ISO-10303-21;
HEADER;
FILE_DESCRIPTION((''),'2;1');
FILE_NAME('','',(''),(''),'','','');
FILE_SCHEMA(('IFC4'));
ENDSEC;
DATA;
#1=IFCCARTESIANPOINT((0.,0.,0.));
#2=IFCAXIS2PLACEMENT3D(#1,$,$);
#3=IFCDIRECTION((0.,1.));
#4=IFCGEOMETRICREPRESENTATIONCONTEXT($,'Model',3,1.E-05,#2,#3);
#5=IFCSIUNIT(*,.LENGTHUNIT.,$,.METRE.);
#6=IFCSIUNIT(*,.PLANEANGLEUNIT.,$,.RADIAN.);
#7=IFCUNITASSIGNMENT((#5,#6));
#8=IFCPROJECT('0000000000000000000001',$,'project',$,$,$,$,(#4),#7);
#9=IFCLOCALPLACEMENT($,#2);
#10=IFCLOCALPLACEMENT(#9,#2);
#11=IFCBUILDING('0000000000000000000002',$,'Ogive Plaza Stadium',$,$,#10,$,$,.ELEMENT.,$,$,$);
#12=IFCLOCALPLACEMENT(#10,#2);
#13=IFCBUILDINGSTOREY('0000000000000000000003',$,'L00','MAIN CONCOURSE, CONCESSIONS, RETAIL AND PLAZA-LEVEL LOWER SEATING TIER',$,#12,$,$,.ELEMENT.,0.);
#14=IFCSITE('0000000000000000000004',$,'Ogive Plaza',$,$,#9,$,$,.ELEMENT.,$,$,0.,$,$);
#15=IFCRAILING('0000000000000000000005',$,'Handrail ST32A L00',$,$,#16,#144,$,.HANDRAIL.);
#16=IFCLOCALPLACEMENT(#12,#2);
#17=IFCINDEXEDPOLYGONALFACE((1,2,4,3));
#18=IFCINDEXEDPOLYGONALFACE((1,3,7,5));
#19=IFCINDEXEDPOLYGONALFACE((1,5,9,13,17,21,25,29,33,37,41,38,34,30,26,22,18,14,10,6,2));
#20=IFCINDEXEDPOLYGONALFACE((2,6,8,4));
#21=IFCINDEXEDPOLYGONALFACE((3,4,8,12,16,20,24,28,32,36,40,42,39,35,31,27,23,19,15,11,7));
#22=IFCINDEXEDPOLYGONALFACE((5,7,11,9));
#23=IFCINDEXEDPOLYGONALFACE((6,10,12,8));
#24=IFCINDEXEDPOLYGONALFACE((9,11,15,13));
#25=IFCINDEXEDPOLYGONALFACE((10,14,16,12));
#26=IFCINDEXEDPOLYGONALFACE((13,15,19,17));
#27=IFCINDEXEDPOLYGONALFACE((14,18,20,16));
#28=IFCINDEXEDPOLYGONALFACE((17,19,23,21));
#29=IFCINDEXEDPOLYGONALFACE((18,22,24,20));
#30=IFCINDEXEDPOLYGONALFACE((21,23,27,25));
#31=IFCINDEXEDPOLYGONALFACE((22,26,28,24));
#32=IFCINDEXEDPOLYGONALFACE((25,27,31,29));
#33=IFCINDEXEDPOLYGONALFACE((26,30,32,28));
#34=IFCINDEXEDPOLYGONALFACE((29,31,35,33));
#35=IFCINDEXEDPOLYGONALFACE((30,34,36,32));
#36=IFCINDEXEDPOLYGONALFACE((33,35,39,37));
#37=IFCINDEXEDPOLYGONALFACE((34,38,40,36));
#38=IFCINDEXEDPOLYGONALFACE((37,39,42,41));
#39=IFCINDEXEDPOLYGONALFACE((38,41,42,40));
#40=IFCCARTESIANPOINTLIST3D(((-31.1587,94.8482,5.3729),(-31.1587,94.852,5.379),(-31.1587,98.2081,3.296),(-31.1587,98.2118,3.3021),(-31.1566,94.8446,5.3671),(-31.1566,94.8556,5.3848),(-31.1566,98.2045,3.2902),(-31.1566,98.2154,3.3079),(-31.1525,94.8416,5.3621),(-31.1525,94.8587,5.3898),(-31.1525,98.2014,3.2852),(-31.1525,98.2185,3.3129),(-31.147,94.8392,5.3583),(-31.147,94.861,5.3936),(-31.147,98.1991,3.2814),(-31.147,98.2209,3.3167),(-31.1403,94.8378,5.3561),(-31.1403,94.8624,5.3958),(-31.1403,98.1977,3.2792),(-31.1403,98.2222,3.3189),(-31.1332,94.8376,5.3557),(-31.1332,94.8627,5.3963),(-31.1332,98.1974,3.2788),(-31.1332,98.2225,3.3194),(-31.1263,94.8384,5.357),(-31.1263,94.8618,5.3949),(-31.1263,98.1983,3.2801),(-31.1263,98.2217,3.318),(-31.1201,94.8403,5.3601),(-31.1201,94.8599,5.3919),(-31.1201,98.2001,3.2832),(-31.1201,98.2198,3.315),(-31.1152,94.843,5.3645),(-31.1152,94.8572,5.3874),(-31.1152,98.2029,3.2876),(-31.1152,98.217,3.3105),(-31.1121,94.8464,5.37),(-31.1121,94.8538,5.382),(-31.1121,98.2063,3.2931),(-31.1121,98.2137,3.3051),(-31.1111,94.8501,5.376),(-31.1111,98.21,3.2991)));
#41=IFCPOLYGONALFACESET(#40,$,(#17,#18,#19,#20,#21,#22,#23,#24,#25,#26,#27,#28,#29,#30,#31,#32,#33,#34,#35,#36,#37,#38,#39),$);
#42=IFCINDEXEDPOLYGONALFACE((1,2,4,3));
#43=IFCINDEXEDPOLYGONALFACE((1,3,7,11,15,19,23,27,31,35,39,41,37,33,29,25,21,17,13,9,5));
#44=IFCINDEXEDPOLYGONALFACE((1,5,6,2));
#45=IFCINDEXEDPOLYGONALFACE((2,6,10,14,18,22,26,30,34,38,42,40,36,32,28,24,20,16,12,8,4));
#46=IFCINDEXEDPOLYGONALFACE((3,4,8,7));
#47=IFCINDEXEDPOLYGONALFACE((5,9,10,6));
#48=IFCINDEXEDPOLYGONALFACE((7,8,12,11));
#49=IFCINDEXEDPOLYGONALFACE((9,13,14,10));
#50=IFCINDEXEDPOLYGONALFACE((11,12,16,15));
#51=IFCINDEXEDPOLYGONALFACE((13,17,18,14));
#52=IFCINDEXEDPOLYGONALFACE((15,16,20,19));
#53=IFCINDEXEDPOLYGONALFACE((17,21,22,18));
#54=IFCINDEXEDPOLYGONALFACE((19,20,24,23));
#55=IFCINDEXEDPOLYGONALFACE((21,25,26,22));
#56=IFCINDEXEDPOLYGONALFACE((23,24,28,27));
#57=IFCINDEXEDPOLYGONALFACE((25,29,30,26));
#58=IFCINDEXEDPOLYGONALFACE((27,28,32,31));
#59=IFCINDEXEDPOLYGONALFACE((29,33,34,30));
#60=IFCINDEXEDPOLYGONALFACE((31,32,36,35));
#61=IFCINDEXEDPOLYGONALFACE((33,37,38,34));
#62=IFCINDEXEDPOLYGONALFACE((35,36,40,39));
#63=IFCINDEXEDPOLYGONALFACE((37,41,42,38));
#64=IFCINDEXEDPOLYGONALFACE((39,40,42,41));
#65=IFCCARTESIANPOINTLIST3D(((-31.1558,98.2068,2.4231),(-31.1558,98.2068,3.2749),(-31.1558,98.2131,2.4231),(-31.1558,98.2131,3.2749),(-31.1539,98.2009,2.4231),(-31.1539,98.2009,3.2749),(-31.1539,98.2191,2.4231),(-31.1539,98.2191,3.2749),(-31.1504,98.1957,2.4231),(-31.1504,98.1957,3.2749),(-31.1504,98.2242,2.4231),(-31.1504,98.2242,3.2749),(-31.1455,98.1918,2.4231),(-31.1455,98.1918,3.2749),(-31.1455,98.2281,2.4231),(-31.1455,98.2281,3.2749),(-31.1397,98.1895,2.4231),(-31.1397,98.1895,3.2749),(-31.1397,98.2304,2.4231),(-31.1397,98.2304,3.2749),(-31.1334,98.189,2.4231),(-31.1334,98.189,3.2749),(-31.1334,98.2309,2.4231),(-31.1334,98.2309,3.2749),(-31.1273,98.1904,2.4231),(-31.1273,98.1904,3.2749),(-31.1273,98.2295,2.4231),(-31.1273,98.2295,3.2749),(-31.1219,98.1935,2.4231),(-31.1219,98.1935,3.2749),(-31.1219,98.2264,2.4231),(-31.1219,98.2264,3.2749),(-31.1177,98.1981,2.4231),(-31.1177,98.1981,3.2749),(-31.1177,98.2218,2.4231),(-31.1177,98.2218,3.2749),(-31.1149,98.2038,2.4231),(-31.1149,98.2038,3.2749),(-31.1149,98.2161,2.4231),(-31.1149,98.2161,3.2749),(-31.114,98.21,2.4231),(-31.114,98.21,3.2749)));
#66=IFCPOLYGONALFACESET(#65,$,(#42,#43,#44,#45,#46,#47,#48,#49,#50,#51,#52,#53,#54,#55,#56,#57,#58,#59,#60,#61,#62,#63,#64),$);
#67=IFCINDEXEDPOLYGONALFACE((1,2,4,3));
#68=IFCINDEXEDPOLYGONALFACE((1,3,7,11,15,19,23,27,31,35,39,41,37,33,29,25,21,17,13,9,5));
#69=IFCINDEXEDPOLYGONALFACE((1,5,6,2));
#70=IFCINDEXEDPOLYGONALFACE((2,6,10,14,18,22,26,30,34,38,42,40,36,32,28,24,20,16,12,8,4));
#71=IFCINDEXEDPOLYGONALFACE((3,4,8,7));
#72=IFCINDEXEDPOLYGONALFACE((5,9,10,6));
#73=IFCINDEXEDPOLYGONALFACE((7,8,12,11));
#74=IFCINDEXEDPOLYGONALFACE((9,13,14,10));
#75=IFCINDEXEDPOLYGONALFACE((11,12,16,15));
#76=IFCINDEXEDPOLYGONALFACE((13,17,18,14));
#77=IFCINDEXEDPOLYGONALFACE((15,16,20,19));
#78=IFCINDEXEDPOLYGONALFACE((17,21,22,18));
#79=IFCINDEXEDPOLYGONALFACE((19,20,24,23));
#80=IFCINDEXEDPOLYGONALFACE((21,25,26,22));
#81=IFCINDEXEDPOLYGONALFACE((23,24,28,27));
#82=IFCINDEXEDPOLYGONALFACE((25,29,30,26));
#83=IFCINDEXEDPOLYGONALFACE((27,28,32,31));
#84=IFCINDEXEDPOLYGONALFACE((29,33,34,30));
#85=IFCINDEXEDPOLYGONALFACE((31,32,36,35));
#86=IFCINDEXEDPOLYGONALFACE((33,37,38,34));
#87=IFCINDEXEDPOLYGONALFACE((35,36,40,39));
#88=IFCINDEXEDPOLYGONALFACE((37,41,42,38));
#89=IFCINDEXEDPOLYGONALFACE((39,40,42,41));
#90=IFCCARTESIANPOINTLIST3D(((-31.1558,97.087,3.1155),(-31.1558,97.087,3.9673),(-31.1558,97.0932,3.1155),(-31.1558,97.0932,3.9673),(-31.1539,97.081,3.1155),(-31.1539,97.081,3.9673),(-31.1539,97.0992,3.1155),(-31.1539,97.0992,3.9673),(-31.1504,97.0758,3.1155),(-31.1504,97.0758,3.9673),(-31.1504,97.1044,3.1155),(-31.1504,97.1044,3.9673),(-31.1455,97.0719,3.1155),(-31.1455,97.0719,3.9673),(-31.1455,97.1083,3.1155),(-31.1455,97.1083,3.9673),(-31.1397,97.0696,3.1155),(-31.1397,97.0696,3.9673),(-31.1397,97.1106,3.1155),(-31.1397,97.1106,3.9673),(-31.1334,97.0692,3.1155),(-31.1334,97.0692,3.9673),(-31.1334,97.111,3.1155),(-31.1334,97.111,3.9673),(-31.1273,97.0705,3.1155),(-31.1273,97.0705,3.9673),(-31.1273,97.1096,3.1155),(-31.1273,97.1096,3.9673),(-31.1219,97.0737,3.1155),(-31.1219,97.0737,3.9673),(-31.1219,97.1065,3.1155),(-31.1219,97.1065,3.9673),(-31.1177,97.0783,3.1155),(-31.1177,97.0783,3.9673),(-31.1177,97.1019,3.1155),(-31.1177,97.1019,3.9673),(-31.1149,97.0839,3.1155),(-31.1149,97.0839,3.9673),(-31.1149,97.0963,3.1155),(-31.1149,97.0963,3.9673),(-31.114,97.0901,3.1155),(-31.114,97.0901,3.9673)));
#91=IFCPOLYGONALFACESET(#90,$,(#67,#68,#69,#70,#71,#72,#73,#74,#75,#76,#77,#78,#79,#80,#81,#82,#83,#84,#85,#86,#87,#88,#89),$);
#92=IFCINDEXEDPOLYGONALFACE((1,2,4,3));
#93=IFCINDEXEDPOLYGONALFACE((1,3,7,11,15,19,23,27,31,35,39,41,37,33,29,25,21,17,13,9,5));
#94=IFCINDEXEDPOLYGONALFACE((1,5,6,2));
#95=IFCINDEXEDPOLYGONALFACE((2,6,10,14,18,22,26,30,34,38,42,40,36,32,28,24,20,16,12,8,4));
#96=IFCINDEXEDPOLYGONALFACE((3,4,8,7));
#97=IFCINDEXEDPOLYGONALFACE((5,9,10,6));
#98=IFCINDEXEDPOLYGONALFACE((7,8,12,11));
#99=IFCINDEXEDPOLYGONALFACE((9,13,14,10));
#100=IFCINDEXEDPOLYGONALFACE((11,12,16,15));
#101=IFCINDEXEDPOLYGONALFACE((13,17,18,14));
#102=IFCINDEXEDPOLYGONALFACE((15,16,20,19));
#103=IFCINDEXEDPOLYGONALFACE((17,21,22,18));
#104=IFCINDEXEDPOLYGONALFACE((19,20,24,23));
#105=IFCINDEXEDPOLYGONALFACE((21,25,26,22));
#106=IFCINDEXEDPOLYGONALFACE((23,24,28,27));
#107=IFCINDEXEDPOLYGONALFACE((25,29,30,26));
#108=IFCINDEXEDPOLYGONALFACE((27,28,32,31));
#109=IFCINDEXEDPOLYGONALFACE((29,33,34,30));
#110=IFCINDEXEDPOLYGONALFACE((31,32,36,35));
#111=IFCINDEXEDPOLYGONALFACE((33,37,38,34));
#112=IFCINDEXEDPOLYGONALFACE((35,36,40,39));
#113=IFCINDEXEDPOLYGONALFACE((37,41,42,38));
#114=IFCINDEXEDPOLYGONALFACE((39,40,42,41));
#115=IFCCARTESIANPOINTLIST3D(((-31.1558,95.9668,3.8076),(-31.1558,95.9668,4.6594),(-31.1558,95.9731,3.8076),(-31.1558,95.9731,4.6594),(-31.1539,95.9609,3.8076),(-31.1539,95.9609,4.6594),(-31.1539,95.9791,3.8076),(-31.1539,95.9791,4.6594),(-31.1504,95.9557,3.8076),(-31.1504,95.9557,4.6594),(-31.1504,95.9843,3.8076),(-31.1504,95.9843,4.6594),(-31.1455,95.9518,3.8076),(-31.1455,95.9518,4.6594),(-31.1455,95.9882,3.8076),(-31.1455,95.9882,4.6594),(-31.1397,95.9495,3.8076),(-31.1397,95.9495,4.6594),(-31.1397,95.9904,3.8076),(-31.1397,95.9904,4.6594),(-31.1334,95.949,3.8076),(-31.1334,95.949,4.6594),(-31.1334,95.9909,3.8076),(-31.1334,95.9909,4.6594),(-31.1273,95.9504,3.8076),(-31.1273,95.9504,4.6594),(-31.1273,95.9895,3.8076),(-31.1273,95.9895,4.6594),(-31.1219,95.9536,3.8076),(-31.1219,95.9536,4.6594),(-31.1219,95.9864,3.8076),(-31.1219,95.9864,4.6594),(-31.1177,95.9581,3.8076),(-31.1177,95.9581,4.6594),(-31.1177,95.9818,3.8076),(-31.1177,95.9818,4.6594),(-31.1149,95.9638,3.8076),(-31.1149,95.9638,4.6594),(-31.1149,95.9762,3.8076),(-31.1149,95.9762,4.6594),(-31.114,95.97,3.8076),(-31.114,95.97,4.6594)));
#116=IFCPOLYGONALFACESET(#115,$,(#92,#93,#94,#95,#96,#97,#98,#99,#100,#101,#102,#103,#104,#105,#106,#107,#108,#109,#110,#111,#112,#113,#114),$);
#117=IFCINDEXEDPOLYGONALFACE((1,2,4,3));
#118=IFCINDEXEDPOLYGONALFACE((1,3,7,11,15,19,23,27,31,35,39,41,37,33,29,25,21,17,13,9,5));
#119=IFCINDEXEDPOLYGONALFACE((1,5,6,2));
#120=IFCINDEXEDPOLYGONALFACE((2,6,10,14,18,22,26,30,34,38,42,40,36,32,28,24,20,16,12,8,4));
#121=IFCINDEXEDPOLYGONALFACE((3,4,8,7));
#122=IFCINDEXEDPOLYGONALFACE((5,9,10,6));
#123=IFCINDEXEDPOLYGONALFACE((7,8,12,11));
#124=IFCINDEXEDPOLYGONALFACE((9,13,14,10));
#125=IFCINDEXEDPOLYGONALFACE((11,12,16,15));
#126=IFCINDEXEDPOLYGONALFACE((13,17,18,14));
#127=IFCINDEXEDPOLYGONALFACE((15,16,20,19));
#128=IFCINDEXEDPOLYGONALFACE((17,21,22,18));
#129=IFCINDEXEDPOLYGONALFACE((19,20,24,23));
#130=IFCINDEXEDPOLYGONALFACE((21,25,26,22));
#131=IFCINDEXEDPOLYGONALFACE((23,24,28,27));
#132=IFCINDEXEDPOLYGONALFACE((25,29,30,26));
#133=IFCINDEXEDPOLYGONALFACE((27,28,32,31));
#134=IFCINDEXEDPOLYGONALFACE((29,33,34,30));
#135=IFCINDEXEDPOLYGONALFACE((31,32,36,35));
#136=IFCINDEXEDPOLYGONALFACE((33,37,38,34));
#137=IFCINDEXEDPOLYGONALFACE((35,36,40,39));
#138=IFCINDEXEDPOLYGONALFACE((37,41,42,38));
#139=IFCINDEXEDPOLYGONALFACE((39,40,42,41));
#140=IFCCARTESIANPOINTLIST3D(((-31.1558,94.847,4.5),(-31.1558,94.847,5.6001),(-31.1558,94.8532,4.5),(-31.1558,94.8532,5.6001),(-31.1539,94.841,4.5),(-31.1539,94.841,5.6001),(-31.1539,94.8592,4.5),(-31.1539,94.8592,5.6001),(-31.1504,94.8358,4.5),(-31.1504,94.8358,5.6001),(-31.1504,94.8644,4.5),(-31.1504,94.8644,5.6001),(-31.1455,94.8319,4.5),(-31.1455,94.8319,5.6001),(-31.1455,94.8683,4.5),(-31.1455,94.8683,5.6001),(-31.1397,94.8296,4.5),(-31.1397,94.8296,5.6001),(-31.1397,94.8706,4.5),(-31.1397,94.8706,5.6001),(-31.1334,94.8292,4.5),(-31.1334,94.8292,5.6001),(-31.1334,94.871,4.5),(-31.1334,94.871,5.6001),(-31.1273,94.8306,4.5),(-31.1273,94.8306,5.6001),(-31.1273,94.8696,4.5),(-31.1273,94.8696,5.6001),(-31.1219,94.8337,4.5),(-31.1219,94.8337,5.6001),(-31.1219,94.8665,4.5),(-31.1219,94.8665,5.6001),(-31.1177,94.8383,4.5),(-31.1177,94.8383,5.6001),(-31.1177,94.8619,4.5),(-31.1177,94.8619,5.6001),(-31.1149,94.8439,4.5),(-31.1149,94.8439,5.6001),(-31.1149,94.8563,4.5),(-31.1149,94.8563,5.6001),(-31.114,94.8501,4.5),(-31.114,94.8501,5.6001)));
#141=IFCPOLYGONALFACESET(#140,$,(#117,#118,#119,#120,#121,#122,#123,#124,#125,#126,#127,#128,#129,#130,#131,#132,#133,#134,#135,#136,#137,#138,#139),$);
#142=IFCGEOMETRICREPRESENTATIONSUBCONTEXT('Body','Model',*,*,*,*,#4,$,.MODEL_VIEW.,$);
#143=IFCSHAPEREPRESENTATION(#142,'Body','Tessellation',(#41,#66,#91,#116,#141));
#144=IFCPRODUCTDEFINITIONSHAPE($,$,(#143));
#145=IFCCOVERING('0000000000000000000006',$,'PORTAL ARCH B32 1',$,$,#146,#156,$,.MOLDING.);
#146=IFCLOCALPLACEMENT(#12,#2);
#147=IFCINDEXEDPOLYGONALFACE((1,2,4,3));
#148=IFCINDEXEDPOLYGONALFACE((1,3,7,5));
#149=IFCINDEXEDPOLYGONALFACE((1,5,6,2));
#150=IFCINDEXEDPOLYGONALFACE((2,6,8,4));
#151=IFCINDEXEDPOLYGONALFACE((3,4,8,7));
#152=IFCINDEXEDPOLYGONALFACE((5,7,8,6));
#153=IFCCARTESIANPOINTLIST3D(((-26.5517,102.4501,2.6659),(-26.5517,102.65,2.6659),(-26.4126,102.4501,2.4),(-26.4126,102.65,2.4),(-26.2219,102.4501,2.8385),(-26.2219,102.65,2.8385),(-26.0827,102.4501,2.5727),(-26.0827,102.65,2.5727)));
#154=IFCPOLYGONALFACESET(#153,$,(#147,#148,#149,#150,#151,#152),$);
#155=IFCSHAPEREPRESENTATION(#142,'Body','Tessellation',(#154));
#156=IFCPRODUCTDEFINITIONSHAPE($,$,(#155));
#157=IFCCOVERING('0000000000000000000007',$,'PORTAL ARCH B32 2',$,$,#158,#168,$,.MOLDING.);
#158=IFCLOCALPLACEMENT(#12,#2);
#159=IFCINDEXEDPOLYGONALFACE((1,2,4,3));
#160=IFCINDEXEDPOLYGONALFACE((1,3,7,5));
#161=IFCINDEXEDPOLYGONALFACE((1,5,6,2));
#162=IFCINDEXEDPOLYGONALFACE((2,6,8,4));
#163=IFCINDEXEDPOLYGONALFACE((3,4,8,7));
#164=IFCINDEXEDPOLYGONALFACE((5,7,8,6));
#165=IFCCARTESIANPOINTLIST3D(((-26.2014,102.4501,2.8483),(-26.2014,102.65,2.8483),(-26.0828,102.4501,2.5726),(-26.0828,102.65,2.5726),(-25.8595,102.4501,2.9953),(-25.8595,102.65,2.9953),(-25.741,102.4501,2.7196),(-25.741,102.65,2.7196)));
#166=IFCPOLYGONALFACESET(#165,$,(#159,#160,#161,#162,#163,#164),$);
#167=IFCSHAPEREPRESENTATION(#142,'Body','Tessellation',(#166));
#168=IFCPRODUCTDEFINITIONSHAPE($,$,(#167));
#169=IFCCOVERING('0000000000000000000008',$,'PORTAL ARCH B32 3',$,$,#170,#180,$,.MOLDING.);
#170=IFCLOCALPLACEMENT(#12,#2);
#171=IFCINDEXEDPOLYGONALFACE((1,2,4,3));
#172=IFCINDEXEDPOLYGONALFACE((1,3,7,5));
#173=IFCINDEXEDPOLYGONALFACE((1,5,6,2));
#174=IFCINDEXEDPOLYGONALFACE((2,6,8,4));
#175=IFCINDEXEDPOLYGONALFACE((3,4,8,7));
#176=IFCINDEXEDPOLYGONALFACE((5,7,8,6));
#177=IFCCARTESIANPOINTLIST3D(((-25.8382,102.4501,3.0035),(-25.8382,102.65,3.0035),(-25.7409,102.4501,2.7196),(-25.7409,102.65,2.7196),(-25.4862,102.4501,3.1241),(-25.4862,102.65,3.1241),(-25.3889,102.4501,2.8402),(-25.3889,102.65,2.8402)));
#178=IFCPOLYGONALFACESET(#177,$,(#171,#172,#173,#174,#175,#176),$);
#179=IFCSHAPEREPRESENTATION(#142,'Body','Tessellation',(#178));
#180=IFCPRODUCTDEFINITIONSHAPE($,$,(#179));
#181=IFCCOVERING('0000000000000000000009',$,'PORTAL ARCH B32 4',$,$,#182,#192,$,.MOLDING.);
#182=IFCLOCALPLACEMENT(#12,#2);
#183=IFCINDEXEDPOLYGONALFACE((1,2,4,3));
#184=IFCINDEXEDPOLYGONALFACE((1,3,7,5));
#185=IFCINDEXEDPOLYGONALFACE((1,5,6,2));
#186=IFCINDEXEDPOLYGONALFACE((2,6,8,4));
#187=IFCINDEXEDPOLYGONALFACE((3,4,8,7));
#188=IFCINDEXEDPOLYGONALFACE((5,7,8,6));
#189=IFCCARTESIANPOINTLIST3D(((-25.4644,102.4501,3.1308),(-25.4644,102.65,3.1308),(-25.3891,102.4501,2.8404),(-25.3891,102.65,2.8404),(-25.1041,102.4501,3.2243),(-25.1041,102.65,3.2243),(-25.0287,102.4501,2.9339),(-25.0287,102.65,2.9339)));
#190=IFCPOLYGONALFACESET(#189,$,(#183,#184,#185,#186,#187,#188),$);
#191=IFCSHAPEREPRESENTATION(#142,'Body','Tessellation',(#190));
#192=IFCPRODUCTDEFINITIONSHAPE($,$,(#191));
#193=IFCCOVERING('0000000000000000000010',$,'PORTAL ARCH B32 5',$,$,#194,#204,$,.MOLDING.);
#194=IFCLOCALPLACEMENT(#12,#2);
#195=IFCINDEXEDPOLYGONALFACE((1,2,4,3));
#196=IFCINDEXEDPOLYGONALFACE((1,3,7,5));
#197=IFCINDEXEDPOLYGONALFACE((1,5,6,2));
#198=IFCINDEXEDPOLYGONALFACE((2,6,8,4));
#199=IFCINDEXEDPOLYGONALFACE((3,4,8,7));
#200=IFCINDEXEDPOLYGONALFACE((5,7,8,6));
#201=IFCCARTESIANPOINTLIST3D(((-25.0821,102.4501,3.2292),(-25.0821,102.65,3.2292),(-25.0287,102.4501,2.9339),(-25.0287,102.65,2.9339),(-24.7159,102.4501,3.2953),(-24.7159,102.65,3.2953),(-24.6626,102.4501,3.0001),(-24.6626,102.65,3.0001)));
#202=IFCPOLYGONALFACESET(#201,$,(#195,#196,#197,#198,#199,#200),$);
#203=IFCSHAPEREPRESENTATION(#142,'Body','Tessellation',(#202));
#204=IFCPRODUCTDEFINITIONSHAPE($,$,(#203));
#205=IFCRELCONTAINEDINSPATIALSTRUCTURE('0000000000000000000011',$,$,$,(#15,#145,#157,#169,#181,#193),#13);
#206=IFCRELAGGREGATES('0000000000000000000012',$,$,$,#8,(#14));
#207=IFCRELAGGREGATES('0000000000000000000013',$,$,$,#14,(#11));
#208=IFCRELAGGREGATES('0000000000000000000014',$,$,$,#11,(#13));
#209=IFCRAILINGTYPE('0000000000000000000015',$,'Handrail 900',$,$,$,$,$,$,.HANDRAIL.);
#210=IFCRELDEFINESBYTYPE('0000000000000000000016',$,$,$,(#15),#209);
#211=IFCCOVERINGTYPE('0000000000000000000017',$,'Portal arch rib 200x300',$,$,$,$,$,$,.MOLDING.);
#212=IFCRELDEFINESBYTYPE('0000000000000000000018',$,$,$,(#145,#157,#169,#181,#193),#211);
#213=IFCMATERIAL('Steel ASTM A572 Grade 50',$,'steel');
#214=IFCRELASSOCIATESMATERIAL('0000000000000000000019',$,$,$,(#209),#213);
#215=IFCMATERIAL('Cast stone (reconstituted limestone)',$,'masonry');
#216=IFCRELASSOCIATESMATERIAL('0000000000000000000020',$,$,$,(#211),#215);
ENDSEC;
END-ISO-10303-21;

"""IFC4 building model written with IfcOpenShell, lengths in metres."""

from ifc_helpers import new_model, si_unit, direction, frame, origin, origin_2d, place, context, subcontext, project, spatial, rectangle, circle, extrude, material, material_profile, profile_set, type_object, element, save


model = new_model("IFC4")

# Units and contexts
model_context = context("Model", 3, precision=1e-05, world=origin(), true_north=direction((0.0, 1.0)))
body_context = subcontext(model_context, "Body", "Model", "MODEL_VIEW")
ifc_project = project(units=[si_unit("LENGTHUNIT", "METRE"), si_unit("PLANEANGLEUNIT", "RADIAN")], contexts=[model_context])

# Site, building, storey
site_placement = place(None, origin())
site = spatial("IfcSite", under=ifc_project, at=site_placement, Name="Ogive Plaza", CompositionType="ELEMENT", RefElevation=0.0)
building_placement = place(site_placement, origin())
building = spatial("IfcBuilding", under=site, at=building_placement, Name="Ogive Plaza Stadium", CompositionType="ELEMENT")
storey_placement = place(building_placement, origin())
storey = spatial("IfcBuildingStorey", under=building, at=storey_placement, Name="L00", Description="MAIN CONCOURSE, CONCESSIONS, RETAIL AND PLAZA-LEVEL LOWER SEATING TIER", CompositionType="ELEMENT", Elevation=0.0)

# Railing
ifc_material_1 = material(Name="Steel ASTM A572 Grade 50", Category="steel")
railing_type_1 = type_object("IfcRailingType", Name="Handrail 900", PredefinedType="HANDRAIL", material=ifc_material_1)
railing_placement = place(storey_placement, frame((-31.135, 98.21, 2.4231)))
element("IfcRailing", 1, at=railing_placement, inside=storey, type_object=railing_type_1, Name="Handrail ST32A L00", PredefinedType="HANDRAIL", context=body_context, shape_type="SweptSolid", body=[
    extrude(circle(Radius=0.0239, at=origin_2d()), frame((0.0, 0.0, 0.876), z_axis=(0.0, -0.850606, 0.525803), x_axis=(1.0, 0.0, 0.0)), (0.0, 0.0, 1.0), 3.95),
    extrude(circle(Radius=0.021, at=origin_2d()), origin(), (0.0, 0.0, 1.0), 0.8518),
    extrude(circle(Radius=0.021, at=origin_2d()), frame((0.0, -1.1199, 0.6924)), (0.0, 0.0, 1.0), 0.8518),
    extrude(circle(Radius=0.021, at=origin_2d()), frame((0.0, -2.24, 1.3845)), (0.0, 0.0, 1.0), 0.8518),
    extrude(circle(Radius=0.021, at=origin_2d()), frame((0.0, -3.3599, 2.0769)), (0.0, 0.0, 1.0), 1.1001),
])

# Coverings
ifc_material_2 = material(Name="Cast stone (reconstituted limestone)", Category="masonry")
ifc_material_profile_1 = material_profile(ifc_material_2, rectangle(XDim=0.2, YDim=0.3, at=origin_2d()), Name="Cast stone 200x300")
ifc_profile_set_1 = profile_set([ifc_material_profile_1], Name="Cast stone (reconstituted limestone)")
covering_type = type_object("IfcCoveringType", Name="Portal arch rib 200x300", PredefinedType="MOLDING", material=ifc_profile_set_1)
covering_1_placement = place(storey_placement, frame((-26.4822, 102.55, 2.533), z_axis=(0.886011, 0.0, 0.463664), x_axis=(0.0, 1.0, 0.0)))
element("IfcCovering", 2, at=covering_1_placement, inside=storey, type_object=covering_type, Name="PORTAL ARCH B32 1", PredefinedType="MOLDING", context=body_context, shape_type="SweptSolid", body=[
    extrude(rectangle(XDim=0.2, YDim=0.3, at=origin_2d()), origin(), (0.0, 0.0, 1.0), 0.3723),
])
for number, where, z_axis, x_axis, name in (
    (3, (-26.1421, 102.55, 2.7104), (0.918669, 0.0, 0.395028), (0.0, 1.0, 0.0), "PORTAL ARCH B32 2"),
    (4, (-25.7896, 102.55, 2.8616), (0.946026, 0.0, 0.324089), (0.0, 1.0, 0.0), "PORTAL ARCH B32 3"),
):
    element("IfcCovering", number, at=place(storey_placement, frame(where, z_axis=z_axis, x_axis=x_axis)), inside=storey, type_object=covering_type, Name=name, PredefinedType="MOLDING", context=body_context, shape_type="SweptSolid", body=[
        extrude(rectangle(XDim=0.2, YDim=0.3, at=origin_2d()), origin(), (0.0, 0.0, 1.0), 0.3721),
    ])
covering_2_placement = place(storey_placement, frame((-25.4268, 102.55, 2.9856), z_axis=(0.967944, 0.0, 0.251167), x_axis=(0.0, 1.0, 0.0)))
element("IfcCovering", 5, at=covering_2_placement, inside=storey, type_object=covering_type, Name="PORTAL ARCH B32 4", PredefinedType="MOLDING", context=body_context, shape_type="SweptSolid", body=[
    extrude(rectangle(XDim=0.2, YDim=0.3, at=origin_2d()), origin(), (0.0, 0.0, 1.0), 0.3723),
])
covering_3_placement = place(storey_placement, frame((-25.0554, 102.55, 3.0815), z_axis=(0.984069, 0.0, 0.177788), x_axis=(0.0, 1.0, 0.0)))
element("IfcCovering", 6, at=covering_3_placement, inside=storey, type_object=covering_type, Name="PORTAL ARCH B32 5", PredefinedType="MOLDING", context=body_context, shape_type="SweptSolid", body=[
    extrude(rectangle(XDim=0.2, YDim=0.3, at=origin_2d()), origin(), (0.0, 0.0, 1.0), 0.3721),
])

save(model, "model.ifc")
